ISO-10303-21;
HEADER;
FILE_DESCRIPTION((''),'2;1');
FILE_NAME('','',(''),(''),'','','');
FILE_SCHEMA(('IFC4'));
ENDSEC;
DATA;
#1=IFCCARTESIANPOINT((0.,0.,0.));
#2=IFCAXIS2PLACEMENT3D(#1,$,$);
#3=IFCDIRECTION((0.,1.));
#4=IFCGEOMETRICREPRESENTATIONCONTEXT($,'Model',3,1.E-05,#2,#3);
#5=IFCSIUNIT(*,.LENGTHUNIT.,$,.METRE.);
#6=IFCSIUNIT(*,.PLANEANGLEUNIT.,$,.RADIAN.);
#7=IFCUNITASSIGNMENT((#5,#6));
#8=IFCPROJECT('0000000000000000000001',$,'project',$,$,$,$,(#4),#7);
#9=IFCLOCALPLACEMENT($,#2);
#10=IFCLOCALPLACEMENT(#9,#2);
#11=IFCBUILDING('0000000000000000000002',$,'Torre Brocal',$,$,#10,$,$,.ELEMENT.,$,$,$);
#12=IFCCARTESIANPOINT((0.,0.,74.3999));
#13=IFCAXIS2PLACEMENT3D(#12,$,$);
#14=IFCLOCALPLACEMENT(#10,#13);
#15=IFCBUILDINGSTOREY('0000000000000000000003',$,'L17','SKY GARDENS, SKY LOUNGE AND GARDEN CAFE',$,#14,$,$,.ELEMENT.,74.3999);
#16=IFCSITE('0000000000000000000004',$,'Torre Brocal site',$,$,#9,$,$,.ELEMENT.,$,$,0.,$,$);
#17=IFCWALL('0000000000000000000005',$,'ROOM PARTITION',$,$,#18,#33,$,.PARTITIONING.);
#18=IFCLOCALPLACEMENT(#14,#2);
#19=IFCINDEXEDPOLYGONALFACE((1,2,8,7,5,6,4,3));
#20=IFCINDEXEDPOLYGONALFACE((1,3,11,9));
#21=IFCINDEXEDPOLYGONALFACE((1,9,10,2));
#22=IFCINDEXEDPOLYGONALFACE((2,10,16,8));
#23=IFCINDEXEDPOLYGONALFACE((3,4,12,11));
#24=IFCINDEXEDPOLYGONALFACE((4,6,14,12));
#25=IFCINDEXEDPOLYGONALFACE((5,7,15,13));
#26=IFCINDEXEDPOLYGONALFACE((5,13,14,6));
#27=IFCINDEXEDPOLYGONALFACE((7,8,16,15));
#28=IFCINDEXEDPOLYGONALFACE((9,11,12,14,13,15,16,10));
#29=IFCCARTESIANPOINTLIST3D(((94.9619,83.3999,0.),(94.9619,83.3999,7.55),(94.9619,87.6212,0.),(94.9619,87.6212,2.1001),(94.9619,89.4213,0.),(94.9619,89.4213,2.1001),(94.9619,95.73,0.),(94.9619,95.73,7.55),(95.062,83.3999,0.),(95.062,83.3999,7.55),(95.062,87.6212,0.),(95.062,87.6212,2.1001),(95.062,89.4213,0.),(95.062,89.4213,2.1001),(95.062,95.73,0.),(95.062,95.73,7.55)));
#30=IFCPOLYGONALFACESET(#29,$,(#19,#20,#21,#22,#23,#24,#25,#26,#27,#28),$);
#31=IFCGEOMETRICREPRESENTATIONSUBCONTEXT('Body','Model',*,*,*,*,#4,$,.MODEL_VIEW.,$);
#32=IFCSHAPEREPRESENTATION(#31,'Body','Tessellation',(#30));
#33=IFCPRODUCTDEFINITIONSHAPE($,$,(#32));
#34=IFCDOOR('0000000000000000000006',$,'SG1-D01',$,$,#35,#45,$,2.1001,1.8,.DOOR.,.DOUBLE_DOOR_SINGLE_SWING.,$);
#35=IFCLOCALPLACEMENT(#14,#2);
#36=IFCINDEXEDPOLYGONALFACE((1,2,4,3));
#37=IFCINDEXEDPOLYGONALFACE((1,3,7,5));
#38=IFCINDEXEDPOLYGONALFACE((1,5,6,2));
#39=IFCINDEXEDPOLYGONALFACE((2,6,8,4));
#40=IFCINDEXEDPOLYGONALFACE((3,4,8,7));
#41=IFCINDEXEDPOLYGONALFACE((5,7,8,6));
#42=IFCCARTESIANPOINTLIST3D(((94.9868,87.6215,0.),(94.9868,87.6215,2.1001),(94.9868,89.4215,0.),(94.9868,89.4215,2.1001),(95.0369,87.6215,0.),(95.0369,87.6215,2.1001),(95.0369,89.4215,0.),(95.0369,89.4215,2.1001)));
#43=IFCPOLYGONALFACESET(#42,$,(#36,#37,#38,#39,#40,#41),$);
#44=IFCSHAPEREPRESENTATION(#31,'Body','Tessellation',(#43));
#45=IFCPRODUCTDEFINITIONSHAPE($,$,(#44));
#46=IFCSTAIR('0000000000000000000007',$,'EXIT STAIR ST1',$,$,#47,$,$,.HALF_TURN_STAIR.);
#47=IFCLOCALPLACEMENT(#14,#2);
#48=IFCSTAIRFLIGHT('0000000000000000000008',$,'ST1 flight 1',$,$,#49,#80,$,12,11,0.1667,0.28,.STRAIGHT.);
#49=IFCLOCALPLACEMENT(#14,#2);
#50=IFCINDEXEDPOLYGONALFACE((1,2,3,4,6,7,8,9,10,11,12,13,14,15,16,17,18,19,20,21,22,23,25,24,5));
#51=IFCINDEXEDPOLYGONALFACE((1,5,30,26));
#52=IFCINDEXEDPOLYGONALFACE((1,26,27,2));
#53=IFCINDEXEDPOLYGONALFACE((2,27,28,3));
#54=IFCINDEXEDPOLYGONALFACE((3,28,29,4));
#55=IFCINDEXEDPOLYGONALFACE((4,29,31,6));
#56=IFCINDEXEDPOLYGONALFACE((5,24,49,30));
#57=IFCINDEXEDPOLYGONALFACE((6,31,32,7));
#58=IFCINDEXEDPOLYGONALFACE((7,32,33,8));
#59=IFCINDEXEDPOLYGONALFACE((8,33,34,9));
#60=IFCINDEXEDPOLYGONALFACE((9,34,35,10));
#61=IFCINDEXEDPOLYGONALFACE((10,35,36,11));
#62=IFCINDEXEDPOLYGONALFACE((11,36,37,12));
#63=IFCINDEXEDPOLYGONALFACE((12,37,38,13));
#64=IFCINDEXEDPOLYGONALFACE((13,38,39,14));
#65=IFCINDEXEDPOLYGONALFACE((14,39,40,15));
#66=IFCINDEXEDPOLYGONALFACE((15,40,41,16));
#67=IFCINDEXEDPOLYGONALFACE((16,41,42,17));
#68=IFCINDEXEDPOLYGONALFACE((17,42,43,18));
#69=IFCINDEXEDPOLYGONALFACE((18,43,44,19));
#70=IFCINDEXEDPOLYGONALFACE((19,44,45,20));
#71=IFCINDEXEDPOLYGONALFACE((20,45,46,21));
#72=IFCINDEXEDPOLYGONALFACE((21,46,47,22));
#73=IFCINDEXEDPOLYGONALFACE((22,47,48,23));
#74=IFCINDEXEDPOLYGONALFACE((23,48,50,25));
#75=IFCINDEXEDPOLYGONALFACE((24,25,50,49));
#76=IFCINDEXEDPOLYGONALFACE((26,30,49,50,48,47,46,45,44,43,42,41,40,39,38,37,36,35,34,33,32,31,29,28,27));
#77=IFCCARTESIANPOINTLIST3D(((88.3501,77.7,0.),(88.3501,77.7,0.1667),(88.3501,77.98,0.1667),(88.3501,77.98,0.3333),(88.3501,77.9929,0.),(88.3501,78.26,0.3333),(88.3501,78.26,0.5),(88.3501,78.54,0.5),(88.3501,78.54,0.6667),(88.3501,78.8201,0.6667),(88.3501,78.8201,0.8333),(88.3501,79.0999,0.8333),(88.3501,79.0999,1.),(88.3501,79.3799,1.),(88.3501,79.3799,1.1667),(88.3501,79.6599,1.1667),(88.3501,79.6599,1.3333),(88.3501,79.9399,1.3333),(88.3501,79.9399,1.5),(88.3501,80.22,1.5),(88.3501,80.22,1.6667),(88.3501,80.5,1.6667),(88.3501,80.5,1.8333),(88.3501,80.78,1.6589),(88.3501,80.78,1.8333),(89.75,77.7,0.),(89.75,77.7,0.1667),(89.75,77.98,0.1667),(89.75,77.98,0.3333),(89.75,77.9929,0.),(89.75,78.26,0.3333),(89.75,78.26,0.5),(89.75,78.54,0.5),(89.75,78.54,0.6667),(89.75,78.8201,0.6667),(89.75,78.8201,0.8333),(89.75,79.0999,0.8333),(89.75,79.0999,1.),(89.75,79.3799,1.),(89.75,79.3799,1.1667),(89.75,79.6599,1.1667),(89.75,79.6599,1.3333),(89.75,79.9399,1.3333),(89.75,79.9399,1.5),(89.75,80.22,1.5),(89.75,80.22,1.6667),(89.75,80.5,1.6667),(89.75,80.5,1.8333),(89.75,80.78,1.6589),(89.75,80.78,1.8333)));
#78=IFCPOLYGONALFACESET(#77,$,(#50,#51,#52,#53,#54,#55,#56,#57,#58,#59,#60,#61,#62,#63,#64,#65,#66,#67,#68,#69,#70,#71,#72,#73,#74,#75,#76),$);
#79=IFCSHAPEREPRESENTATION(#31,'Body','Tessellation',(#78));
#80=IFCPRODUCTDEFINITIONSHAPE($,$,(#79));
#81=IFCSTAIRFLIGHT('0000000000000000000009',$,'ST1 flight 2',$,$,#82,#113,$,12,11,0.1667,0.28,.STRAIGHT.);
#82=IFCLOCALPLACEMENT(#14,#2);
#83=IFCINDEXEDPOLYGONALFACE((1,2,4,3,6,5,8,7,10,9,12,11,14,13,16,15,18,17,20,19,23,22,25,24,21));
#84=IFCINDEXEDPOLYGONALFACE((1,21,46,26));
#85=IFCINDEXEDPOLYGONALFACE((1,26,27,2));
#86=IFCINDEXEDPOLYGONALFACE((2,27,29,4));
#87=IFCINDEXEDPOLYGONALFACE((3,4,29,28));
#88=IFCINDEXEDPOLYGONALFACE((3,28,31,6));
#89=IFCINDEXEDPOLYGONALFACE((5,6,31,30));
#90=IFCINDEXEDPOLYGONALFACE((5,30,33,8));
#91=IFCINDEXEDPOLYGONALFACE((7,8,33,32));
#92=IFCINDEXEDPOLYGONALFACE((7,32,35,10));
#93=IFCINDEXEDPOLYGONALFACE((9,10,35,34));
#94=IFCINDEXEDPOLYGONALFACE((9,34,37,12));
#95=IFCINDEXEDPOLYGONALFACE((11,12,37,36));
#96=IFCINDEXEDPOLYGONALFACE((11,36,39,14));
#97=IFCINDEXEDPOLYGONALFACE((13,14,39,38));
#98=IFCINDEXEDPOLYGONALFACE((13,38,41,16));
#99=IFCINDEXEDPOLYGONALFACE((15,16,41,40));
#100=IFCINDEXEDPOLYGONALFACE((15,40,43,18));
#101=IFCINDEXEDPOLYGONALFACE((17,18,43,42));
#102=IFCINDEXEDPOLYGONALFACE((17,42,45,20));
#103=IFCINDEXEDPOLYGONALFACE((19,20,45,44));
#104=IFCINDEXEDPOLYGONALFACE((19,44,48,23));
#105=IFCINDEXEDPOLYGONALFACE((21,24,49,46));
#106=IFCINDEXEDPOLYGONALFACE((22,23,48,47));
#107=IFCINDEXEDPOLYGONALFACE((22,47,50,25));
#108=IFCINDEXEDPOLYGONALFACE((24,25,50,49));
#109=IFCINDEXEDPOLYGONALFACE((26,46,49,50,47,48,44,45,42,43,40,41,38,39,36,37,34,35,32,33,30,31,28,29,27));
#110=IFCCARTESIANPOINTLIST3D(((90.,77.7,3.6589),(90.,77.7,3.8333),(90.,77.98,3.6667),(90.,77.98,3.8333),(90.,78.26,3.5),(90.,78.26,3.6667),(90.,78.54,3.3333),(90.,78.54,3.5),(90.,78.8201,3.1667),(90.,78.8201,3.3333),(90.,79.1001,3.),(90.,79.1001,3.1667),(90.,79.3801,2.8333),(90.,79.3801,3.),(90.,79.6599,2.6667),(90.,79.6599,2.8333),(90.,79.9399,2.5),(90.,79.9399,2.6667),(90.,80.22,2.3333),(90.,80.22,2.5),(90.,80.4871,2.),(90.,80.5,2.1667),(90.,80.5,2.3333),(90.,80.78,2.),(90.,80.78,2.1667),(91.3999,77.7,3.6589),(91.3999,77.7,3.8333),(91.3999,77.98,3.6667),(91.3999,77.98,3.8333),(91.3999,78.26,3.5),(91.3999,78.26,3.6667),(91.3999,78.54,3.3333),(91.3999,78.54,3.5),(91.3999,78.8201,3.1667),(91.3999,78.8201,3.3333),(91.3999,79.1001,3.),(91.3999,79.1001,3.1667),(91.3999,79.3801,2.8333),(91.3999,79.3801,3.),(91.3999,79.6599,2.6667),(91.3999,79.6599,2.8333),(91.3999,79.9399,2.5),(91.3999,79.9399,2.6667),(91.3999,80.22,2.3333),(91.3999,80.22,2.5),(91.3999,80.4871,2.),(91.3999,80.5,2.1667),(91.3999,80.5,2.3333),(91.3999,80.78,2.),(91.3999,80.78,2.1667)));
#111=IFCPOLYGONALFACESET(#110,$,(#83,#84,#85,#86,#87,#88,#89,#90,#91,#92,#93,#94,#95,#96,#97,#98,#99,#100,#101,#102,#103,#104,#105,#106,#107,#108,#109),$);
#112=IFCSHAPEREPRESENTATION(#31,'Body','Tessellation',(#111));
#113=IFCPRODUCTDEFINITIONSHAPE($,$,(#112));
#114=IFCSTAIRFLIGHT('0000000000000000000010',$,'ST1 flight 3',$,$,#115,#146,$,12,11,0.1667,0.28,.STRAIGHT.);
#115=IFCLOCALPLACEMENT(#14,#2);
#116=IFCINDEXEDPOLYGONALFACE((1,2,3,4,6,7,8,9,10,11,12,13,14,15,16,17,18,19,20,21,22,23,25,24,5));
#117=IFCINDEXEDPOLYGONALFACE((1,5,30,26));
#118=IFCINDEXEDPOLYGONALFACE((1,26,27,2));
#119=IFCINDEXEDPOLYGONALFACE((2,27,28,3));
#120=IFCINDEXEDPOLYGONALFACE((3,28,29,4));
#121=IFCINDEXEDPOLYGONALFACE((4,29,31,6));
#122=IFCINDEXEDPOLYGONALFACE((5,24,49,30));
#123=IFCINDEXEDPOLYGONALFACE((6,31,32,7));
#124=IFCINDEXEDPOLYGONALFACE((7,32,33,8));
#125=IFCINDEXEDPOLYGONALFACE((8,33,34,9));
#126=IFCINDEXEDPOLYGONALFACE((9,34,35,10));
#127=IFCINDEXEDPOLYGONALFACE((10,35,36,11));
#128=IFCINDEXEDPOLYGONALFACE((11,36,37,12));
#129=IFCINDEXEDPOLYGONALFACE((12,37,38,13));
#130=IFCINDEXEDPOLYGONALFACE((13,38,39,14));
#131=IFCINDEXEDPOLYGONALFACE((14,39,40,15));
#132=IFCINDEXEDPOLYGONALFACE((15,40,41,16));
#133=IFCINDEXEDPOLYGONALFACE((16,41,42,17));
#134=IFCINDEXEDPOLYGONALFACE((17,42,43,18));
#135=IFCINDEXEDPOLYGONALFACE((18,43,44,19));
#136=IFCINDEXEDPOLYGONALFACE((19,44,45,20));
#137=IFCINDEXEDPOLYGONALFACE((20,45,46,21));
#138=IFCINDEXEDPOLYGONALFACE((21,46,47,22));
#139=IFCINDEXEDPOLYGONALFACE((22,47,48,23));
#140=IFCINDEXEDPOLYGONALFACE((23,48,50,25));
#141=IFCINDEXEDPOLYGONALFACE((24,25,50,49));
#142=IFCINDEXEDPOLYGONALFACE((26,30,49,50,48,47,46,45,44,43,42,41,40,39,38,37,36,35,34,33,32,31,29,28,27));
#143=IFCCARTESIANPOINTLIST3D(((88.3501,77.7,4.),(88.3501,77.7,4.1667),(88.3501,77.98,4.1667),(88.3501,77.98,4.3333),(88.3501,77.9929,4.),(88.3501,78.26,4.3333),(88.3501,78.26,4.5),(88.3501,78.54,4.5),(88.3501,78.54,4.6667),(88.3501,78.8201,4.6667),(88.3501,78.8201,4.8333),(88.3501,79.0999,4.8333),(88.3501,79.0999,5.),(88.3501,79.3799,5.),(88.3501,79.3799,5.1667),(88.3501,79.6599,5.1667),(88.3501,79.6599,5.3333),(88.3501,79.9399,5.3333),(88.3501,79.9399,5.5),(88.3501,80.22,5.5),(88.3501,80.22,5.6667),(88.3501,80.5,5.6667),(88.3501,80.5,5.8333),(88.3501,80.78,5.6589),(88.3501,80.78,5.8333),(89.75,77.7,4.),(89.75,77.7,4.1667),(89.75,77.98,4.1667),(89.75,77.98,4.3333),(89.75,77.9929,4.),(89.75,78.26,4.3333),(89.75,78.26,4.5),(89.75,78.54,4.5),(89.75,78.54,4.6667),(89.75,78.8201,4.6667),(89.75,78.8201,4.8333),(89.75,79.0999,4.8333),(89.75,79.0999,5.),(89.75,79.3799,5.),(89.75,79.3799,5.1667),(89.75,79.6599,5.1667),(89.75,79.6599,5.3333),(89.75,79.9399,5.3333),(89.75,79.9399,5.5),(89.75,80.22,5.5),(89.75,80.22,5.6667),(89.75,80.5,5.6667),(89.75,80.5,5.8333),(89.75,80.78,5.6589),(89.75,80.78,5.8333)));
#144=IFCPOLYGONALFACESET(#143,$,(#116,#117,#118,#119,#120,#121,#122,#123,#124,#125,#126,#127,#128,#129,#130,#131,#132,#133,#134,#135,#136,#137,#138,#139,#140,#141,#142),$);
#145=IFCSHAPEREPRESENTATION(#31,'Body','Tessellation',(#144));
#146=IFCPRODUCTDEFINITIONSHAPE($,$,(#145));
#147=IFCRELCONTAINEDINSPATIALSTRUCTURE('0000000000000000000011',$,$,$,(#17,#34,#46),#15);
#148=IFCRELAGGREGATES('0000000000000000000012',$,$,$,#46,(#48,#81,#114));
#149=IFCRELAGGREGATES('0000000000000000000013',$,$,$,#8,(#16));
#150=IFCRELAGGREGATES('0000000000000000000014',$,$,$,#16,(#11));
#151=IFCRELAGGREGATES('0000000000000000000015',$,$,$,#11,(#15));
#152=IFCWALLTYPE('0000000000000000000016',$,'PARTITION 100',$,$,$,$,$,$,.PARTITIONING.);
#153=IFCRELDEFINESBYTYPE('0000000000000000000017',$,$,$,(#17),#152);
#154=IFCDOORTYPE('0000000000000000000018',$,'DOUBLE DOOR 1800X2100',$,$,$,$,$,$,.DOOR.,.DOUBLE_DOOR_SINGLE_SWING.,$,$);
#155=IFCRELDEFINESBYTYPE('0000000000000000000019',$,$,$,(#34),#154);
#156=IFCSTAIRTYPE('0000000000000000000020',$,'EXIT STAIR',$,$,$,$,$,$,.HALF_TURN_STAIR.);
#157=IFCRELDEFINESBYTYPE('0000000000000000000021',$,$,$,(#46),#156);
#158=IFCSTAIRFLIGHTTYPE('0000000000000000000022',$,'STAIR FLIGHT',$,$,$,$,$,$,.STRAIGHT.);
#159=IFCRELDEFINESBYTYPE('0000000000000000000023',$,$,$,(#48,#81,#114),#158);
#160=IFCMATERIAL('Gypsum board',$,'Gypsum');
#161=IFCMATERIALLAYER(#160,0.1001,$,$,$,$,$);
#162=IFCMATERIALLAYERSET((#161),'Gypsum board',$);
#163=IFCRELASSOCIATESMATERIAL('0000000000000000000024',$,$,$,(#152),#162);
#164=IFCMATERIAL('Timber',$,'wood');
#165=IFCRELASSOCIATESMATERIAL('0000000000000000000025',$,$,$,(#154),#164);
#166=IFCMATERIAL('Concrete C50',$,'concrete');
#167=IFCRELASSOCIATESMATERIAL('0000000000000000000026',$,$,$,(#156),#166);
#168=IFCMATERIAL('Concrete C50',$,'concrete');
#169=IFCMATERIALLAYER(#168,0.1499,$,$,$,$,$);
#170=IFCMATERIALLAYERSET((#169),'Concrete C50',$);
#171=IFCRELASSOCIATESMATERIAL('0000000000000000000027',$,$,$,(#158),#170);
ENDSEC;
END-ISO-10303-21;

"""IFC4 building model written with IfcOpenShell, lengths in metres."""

from ifc_helpers import new_model, si_unit, direction, frame, frame_2d, origin, place, context, subcontext, project, spatial, polyline, rectangle, outline, extrude, material, layer, layer_set, type_object, element, fill, aggregate, save


model = new_model("IFC4")

# Units and contexts
model_context = context("Model", 3, precision=1e-05, world=origin(), true_north=direction((0.0, 1.0)))
body_context = subcontext(model_context, "Body", "Model", "MODEL_VIEW")
ifc_project = project(units=[si_unit("LENGTHUNIT", "METRE"), si_unit("PLANEANGLEUNIT", "RADIAN")], contexts=[model_context])

# Site, building, storey
site_placement = place(None, origin())
site = spatial("IfcSite", under=ifc_project, at=site_placement, Name="Torre Brocal site", CompositionType="ELEMENT", RefElevation=0.0)
building_placement = place(site_placement, origin())
building = spatial("IfcBuilding", under=site, at=building_placement, Name="Torre Brocal", CompositionType="ELEMENT")
storey_placement = place(building_placement, frame((0.0, 0.0, 74.3999)))
storey = spatial("IfcBuildingStorey", under=building, at=storey_placement, Name="L17", Description="SKY GARDENS, SKY LOUNGE AND GARDEN CAFE", CompositionType="ELEMENT", Elevation=74.3999)

# Wall, opening, door
ifc_material_1 = material(Name="Gypsum board", Category="Gypsum")
ifc_layer_1 = layer(ifc_material_1, 0.1001)
ifc_layer_set_1 = layer_set([ifc_layer_1], Name="Gypsum board")
wall_type_1 = type_object("IfcWallType", Name="PARTITION 100", PredefinedType="PARTITIONING", material=ifc_layer_set_1)
wall_1_placement = place(storey_placement, frame((95.012, 83.3999, 0.0), z_axis=(0.0, 0.0, 1.0), x_axis=(0.0, 1.0, 0.0)))
wall_1 = element("IfcWall", 1, at=wall_1_placement, inside=storey, type_object=wall_type_1, Name="ROOM PARTITION", PredefinedType="PARTITIONING", context=body_context, shape_type="SweptSolid", body=[
    extrude(rectangle(XDim=12.3301, YDim=0.1001, at=frame_2d((6.165, 0.0))), origin(), (0.0, 0.0, 1.0), 7.55),
])
opening_1_placement = place(wall_1_placement, frame((4.2214, 0.0, 0.0)))
opening_1 = element("IfcOpeningElement", 2, at=opening_1_placement, cuts=wall_1, PredefinedType="OPENING", context=body_context, shape_type="SweptSolid", body=[
    extrude(rectangle(XDim=1.8, YDim=2.1001, at=frame_2d((0.8999, 1.05))), frame((0.0, 0.0601, 0.0), z_axis=(0.0, -1.0, 0.0), x_axis=(1.0, 0.0, 0.0)), (0.0, 0.0, 1.0), 0.1201),
])
ifc_material_2 = material(Name="Timber", Category="wood")
door_type_1 = type_object("IfcDoorType", Name="DOUBLE DOOR 1800X2100", OperationType="DOUBLE_DOOR_SINGLE_SWING", PredefinedType="DOOR", material=ifc_material_2)
door_1_placement = place(opening_1_placement, frame((1.8, 0.0, 0.0), z_axis=(0.0, 0.0, 1.0), x_axis=(-1.0, 0.0, 0.0)))
door_1 = element("IfcDoor", 3, at=door_1_placement, inside=storey, type_object=door_type_1, Name="SG1-D01", OperationType="DOUBLE_DOOR_SINGLE_SWING", OverallHeight=2.1001, OverallWidth=1.8, PredefinedType="DOOR", context=body_context, shape_type="SweptSolid", body=[
    extrude(rectangle(XDim=1.8, YDim=2.1001, at=frame_2d((0.8999, 1.05))), frame((0.0, 0.0249, 0.0), z_axis=(0.0, -1.0, 0.0), x_axis=(1.0, 0.0, 0.0)), (0.0, 0.0, 1.0), 0.05),
])
fill(opening_1, door_1)

# Stair, stair flights
ifc_material_3 = material(Name="Concrete C50", Category="concrete")
stair_type = type_object("IfcStairType", Name="EXIT STAIR", PredefinedType="HALF_TURN_STAIR", material=ifc_material_3)
stair_placement = place(storey_placement, origin())
stair = element("IfcStair", 4, at=stair_placement, inside=storey, type_object=stair_type, Name="EXIT STAIR ST1", PredefinedType="HALF_TURN_STAIR")
ifc_material_4 = material(Name="Concrete C50", Category="concrete")
ifc_layer_2 = layer(ifc_material_4, 0.1499)
ifc_layer_set_2 = layer_set([ifc_layer_2], Name="Concrete C50")
stair_flight_type = type_object("IfcStairFlightType", Name="STAIR FLIGHT", PredefinedType="STRAIGHT", material=ifc_layer_set_2)
stair_flight_1_placement = place(storey_placement, frame((89.05, 77.7, 0.0), z_axis=(0.0, 0.0, 1.0), x_axis=(0.0, 1.0, 0.0)))
stair_flight_1 = element("IfcStairFlight", 5, at=stair_flight_1_placement, type_object=stair_flight_type, Name="ST1 flight 1", NumberOfRisers=12, NumberOfTreads=11, PredefinedType="STRAIGHT", RiserHeight=0.1667, TreadLength=0.28, context=body_context, shape_type="SweptSolid", body=[
    extrude(outline(polyline([(0.0, 0.0), (0.0, 0.1667), (0.28, 0.1667), (0.28, 0.3333), (0.5601, 0.3333), (0.5601, 0.5), (0.8401, 0.5), (0.8401, 0.6667), (1.1201, 0.6667), (1.1201, 0.8333), (1.3999, 0.8333), (1.3999, 1.0), (1.6799, 1.0), (1.6799, 1.1667), (1.96, 1.1667), (1.96, 1.3333), (2.24, 1.3333), (2.24, 1.5), (2.52, 1.5), (2.52, 1.6667), (2.8, 1.6667), (2.8, 1.8333), (3.0801, 1.8333), (3.0801, 2.0), (3.0801, 1.6589), (0.293, 0.0), (0.0, 0.0)])), frame((0.0, 0.7, 0.0), z_axis=(0.0, -1.0, 0.0), x_axis=(1.0, 0.0, 0.0)), (0.0, 0.0, 1.0), 1.3999),
])
stair_flight_2_placement = place(storey_placement, frame((90.7, 80.78, 2.0), z_axis=(0.0, 0.0, 1.0), x_axis=(0.0, -1.0, 0.0)))
stair_flight_2 = element("IfcStairFlight", 6, at=stair_flight_2_placement, type_object=stair_flight_type, Name="ST1 flight 2", NumberOfRisers=12, NumberOfTreads=11, PredefinedType="STRAIGHT", RiserHeight=0.1667, TreadLength=0.28, context=body_context, shape_type="SweptSolid", body=[
    extrude(outline(polyline([(0.0, 0.0), (0.0, 0.1667), (0.28, 0.1667), (0.28, 0.3333), (0.5601, 0.3333), (0.5601, 0.5), (0.8401, 0.5), (0.8401, 0.6667), (1.1201, 0.6667), (1.1201, 0.8333), (1.3999, 0.8333), (1.3999, 1.0), (1.6799, 1.0), (1.6799, 1.1667), (1.96, 1.1667), (1.96, 1.3333), (2.24, 1.3333), (2.24, 1.5), (2.52, 1.5), (2.52, 1.6667), (2.8, 1.6667), (2.8, 1.8333), (3.0801, 1.8333), (3.0801, 2.0), (3.0801, 1.6589), (0.293, 0.0), (0.0, 0.0)])), frame((0.0, 0.7, 0.0), z_axis=(0.0, -1.0, 0.0), x_axis=(1.0, 0.0, 0.0)), (0.0, 0.0, 1.0), 1.3999),
])
stair_flight_3_placement = place(storey_placement, frame((89.05, 77.7, 4.0), z_axis=(0.0, 0.0, 1.0), x_axis=(0.0, 1.0, 0.0)))
stair_flight_3 = element("IfcStairFlight", 7, at=stair_flight_3_placement, type_object=stair_flight_type, Name="ST1 flight 3", NumberOfRisers=12, NumberOfTreads=11, PredefinedType="STRAIGHT", RiserHeight=0.1667, TreadLength=0.28, context=body_context, shape_type="SweptSolid", body=[
    extrude(outline(polyline([(0.0, 0.0), (0.0, 0.1667), (0.28, 0.1667), (0.28, 0.3333), (0.5601, 0.3333), (0.5601, 0.5), (0.8401, 0.5), (0.8401, 0.6667), (1.1201, 0.6667), (1.1201, 0.8333), (1.3999, 0.8333), (1.3999, 1.0), (1.6799, 1.0), (1.6799, 1.1667), (1.96, 1.1667), (1.96, 1.3333), (2.24, 1.3333), (2.24, 1.5), (2.52, 1.5), (2.52, 1.6667), (2.8, 1.6667), (2.8, 1.8333), (3.0801, 1.8333), (3.0801, 2.0), (3.0801, 1.6589), (0.293, 0.0), (0.0, 0.0)])), frame((0.0, 0.7, 0.0), z_axis=(0.0, -1.0, 0.0), x_axis=(1.0, 0.0, 0.0)), (0.0, 0.0, 1.0), 1.3999),
])
aggregate(stair, [stair_flight_1, stair_flight_2, stair_flight_3])

save(model, "model.ifc")
